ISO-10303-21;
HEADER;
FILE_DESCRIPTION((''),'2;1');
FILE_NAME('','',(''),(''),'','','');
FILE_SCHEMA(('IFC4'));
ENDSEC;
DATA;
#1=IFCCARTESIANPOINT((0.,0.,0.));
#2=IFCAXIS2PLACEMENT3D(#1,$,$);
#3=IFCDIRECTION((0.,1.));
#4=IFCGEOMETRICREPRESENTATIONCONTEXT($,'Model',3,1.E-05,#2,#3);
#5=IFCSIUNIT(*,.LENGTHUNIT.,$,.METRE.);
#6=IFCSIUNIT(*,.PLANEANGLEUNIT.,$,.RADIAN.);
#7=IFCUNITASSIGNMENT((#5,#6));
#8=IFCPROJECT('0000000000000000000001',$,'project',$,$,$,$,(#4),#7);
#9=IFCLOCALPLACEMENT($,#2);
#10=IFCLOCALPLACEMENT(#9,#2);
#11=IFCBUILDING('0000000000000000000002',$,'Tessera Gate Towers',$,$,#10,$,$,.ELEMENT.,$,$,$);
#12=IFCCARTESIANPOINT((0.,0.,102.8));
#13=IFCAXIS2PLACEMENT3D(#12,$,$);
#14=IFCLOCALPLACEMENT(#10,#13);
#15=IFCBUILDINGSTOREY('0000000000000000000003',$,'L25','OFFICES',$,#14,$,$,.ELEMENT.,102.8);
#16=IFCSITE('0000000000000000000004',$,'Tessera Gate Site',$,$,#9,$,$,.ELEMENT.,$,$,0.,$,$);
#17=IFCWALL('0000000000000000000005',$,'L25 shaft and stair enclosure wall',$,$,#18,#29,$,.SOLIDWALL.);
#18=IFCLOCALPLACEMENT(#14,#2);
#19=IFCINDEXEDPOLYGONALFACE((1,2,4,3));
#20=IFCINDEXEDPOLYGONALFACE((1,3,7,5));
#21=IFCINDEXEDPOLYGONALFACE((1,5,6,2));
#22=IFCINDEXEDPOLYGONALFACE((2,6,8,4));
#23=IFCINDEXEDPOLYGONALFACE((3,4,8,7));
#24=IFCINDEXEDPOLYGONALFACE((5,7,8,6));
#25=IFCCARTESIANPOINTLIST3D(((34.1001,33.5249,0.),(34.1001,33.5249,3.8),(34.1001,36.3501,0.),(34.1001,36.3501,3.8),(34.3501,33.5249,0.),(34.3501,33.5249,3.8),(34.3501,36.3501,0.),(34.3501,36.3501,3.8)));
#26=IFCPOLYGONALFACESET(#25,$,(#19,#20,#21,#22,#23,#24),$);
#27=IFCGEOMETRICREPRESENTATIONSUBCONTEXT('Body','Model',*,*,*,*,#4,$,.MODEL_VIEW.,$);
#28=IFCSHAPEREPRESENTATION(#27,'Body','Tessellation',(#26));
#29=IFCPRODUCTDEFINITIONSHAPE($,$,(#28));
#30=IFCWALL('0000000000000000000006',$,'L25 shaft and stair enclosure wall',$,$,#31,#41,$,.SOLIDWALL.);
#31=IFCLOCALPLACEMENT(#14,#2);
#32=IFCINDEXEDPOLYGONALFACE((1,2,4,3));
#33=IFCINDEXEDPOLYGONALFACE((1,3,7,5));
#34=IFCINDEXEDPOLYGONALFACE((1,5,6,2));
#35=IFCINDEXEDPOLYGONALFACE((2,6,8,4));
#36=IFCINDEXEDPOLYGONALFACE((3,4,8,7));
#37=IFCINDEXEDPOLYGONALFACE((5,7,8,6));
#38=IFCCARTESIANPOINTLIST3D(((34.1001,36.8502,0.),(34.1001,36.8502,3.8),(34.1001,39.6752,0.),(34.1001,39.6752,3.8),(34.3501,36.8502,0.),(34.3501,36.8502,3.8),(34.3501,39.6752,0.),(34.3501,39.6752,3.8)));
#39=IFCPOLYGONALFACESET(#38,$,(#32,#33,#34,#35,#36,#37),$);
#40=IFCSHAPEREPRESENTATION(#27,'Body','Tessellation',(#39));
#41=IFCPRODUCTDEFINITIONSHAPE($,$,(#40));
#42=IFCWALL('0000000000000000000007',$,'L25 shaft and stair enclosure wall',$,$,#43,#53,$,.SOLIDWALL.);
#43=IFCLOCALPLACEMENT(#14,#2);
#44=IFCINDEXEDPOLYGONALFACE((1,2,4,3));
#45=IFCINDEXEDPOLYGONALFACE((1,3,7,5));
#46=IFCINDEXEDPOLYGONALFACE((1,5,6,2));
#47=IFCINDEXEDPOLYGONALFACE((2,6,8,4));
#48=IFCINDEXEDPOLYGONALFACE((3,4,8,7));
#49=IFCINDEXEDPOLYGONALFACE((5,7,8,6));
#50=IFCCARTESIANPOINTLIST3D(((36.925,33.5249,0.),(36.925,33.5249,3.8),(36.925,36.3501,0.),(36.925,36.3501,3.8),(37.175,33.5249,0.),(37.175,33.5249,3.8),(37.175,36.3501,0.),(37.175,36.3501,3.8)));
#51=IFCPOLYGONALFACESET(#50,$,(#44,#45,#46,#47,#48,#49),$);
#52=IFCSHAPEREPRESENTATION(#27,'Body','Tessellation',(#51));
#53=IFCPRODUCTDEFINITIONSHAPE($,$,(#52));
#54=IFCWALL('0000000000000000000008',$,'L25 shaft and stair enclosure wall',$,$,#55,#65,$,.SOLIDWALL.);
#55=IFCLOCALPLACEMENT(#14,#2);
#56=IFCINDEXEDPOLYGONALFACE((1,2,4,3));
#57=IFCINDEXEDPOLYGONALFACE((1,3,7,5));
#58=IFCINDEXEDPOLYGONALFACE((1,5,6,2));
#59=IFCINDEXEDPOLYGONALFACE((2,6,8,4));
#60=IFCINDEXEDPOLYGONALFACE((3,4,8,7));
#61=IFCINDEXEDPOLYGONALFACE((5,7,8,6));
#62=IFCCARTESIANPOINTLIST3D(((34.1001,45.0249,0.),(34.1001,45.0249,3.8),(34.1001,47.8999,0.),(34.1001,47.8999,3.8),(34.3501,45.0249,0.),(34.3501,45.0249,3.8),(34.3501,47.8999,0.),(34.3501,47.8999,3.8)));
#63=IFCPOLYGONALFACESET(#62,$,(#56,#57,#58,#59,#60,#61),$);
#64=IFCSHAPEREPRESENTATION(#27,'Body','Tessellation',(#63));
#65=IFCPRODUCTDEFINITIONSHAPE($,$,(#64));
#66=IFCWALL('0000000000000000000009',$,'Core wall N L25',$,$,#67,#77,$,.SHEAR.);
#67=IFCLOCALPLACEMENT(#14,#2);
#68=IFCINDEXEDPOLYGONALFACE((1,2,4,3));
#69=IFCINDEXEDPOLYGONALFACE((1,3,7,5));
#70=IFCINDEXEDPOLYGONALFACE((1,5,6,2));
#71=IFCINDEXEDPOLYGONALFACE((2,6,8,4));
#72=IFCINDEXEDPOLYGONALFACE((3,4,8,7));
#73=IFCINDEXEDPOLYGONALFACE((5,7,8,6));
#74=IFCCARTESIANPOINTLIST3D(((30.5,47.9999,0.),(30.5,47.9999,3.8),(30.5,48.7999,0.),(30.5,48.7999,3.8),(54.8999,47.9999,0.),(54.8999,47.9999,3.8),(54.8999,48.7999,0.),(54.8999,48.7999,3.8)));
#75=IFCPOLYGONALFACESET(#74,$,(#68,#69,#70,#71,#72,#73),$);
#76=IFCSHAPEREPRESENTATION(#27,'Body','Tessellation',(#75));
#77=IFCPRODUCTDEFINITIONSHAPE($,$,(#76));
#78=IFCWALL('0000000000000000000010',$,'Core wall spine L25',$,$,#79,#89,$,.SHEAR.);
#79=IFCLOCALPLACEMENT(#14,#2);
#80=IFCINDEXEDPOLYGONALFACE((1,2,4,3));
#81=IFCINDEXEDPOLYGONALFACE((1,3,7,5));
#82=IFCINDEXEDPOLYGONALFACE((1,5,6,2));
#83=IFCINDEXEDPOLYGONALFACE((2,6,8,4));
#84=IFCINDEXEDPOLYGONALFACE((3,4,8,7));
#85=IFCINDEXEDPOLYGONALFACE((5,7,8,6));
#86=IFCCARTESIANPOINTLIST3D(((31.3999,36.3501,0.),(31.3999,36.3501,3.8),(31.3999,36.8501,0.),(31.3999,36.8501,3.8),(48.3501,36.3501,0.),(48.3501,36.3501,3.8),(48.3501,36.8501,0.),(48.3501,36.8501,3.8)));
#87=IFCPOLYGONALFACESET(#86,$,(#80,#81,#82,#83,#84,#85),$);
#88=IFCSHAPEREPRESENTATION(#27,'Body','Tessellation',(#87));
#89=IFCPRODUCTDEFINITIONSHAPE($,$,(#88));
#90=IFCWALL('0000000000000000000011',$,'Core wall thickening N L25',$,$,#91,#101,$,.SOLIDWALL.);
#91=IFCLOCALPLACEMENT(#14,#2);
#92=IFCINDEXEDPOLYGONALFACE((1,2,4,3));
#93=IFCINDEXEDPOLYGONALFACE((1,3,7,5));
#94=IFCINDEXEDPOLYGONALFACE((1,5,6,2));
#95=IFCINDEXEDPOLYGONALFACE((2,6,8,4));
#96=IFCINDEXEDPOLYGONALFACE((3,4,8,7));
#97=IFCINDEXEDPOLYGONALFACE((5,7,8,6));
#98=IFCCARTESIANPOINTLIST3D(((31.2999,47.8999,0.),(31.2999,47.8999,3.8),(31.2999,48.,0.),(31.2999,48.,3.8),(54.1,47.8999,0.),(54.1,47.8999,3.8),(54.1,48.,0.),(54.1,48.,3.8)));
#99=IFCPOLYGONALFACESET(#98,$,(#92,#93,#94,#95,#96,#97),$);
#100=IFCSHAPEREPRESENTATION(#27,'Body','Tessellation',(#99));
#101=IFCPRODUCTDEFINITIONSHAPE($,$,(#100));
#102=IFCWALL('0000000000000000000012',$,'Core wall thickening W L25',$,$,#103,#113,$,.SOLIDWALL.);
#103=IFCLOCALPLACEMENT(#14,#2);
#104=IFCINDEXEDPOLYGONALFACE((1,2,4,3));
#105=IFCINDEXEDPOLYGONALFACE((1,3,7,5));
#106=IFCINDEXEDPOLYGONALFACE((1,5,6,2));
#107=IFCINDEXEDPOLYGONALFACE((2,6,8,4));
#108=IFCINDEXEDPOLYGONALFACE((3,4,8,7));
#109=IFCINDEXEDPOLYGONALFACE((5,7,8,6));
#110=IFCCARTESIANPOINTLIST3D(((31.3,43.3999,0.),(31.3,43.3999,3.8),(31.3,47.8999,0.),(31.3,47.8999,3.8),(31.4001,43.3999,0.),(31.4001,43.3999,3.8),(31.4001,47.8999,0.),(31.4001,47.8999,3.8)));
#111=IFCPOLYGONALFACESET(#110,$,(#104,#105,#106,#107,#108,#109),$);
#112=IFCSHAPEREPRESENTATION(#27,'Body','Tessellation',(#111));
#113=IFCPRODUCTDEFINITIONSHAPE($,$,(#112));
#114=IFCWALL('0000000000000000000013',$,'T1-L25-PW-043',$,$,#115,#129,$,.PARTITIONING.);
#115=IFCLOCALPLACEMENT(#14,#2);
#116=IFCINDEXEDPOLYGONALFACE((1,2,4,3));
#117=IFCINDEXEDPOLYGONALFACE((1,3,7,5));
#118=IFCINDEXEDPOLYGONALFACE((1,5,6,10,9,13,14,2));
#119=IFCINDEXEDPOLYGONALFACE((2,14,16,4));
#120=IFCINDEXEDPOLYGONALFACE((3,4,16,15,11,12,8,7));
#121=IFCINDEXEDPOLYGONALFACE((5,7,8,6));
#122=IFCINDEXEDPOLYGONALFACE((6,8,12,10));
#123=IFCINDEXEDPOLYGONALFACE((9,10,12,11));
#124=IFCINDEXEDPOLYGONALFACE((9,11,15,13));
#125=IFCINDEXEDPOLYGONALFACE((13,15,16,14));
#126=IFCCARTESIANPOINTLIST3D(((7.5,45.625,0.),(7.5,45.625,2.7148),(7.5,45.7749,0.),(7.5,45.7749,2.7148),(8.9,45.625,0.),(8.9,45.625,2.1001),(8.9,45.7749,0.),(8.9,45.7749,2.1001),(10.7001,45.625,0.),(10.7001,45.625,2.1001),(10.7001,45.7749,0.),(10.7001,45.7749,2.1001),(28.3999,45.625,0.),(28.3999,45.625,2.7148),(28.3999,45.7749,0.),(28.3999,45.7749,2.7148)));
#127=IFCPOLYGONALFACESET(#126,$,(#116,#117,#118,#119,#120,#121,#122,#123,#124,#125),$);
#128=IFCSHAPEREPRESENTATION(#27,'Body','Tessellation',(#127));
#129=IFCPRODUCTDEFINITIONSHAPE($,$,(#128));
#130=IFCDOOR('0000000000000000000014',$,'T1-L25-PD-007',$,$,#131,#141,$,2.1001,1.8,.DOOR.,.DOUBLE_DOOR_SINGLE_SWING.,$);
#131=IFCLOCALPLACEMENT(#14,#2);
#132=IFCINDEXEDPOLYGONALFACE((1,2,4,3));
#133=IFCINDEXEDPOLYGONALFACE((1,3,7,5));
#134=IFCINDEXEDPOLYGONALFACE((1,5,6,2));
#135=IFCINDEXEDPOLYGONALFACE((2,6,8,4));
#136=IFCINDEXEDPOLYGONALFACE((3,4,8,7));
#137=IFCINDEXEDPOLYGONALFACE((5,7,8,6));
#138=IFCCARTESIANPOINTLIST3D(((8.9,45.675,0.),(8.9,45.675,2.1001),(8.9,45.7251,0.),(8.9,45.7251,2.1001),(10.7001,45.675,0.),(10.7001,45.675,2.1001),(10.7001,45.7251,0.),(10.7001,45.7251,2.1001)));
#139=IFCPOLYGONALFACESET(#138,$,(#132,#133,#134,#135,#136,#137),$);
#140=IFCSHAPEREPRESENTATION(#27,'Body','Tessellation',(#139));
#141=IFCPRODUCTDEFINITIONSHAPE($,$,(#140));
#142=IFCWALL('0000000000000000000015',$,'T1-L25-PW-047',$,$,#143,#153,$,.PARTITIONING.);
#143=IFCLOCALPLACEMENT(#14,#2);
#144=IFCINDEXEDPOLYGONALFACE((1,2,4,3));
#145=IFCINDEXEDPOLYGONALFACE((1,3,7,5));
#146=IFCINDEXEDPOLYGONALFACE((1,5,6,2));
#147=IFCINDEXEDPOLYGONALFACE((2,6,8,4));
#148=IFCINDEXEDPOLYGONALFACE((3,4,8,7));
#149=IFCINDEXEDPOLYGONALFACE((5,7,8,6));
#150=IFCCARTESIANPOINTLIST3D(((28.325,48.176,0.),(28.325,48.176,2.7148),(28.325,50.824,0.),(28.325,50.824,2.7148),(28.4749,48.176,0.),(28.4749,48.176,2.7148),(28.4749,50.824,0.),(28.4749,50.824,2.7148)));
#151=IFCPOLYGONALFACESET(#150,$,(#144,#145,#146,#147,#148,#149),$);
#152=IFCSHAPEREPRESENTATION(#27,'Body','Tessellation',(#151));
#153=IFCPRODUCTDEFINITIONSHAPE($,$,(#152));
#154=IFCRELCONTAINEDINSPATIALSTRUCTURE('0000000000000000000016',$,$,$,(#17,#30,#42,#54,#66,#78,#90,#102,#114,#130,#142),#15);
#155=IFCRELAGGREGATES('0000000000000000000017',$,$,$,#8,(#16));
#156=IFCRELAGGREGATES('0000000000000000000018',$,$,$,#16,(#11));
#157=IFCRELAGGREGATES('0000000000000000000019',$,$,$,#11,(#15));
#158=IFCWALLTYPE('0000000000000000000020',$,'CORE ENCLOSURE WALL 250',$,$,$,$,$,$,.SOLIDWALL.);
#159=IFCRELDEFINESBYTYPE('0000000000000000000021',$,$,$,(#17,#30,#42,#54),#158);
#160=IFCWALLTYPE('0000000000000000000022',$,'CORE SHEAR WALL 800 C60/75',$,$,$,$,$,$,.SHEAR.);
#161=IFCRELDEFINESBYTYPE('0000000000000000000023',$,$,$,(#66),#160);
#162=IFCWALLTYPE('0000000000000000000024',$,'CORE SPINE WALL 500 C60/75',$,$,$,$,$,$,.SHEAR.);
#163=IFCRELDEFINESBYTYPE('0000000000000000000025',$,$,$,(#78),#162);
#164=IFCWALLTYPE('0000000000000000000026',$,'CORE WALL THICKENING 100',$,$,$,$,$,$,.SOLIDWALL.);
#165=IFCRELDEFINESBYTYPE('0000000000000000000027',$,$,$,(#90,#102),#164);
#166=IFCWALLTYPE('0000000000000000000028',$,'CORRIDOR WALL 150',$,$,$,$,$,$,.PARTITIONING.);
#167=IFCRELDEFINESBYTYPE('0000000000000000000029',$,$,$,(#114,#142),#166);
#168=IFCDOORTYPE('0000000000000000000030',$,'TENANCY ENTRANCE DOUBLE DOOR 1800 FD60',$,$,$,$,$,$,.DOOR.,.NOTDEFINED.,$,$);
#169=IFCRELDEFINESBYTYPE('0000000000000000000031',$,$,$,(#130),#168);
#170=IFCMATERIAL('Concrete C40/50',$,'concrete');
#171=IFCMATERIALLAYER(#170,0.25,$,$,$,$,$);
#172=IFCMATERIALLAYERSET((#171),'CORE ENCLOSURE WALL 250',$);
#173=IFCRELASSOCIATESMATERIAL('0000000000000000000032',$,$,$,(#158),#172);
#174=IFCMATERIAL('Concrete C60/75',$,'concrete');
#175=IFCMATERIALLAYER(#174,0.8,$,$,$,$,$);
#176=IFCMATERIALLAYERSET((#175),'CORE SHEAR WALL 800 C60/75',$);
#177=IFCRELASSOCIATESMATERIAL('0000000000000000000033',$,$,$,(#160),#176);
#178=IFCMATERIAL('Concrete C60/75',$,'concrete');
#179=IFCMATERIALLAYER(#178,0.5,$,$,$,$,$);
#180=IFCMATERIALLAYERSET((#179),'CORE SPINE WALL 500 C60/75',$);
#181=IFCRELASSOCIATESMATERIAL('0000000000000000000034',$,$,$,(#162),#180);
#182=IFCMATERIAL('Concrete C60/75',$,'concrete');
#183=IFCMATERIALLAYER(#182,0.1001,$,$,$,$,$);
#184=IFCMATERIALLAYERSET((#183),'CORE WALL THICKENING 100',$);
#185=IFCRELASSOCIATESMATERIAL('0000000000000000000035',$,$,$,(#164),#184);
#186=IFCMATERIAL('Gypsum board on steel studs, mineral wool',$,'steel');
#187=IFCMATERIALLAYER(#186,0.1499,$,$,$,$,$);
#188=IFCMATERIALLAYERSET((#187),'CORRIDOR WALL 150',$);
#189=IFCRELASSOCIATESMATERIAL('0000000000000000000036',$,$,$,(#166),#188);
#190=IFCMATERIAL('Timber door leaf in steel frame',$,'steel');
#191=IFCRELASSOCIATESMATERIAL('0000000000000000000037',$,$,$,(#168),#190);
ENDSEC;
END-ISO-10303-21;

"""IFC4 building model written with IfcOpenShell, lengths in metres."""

from ifc_helpers import new_model, si_unit, direction, frame, frame_2d, origin, place, context, subcontext, project, spatial, rectangle, extrude, source, transform, mapped, material, layer, layer_set, type_object, element, fill, save


model = new_model("IFC4")

# Units and contexts
model_context = context("Model", 3, precision=1e-05, world=origin(), true_north=direction((0.0, 1.0)))
body_context = subcontext(model_context, "Body", "Model", "MODEL_VIEW")
ifc_project = project(units=[si_unit("LENGTHUNIT", "METRE"), si_unit("PLANEANGLEUNIT", "RADIAN")], contexts=[model_context])

# Site, building, storey
site_placement = place(None, origin())
site = spatial("IfcSite", under=ifc_project, at=site_placement, Name="Tessera Gate Site", CompositionType="ELEMENT", RefElevation=0.0)
building_placement = place(site_placement, origin())
building = spatial("IfcBuilding", under=site, at=building_placement, Name="Tessera Gate Towers", CompositionType="ELEMENT")
storey_placement = place(building_placement, frame((0.0, 0.0, 102.8)))
storey = spatial("IfcBuildingStorey", under=building, at=storey_placement, Name="L25", Description="OFFICES", CompositionType="ELEMENT", Elevation=102.8)

# Walls
ifc_material_1 = material(Name="Concrete C40/50", Category="concrete")
ifc_layer_1 = layer(ifc_material_1, 0.25)
ifc_layer_set_1 = layer_set([ifc_layer_1], Name="CORE ENCLOSURE WALL 250")
wall_type_1 = type_object("IfcWallType", Name="CORE ENCLOSURE WALL 250", PredefinedType="SOLIDWALL", material=ifc_layer_set_1)
wall_1_placement = place(storey_placement, frame((34.2251, 33.5249, 0.0), z_axis=(0.0, 0.0, 1.0), x_axis=(0.0, 1.0, 0.0)))
element("IfcWall", 1, at=wall_1_placement, inside=storey, type_object=wall_type_1, Name="L25 shaft and stair enclosure wall", PredefinedType="SOLIDWALL", context=body_context, shape_type="SweptSolid", body=[
    extrude(rectangle(XDim=2.8252, YDim=0.25, at=frame_2d((1.4126, 0.0))), origin(), (0.0, 0.0, 1.0), 3.8),
])
wall_2_placement = place(storey_placement, frame((34.2251, 36.8501, 0.0), z_axis=(0.0, 0.0, 1.0), x_axis=(0.0, 1.0, 0.0)))
element("IfcWall", 2, at=wall_2_placement, inside=storey, type_object=wall_type_1, Name="L25 shaft and stair enclosure wall", PredefinedType="SOLIDWALL", context=body_context, shape_type="SweptSolid", body=[
    extrude(rectangle(XDim=2.825, YDim=0.25, at=frame_2d((1.4126, 0.0))), origin(), (0.0, 0.0, 1.0), 3.8),
])
wall_3_placement = place(storey_placement, frame((37.05, 33.5249, 0.0), z_axis=(0.0, 0.0, 1.0), x_axis=(0.0, 1.0, 0.0)))
element("IfcWall", 3, at=wall_3_placement, inside=storey, type_object=wall_type_1, Name="L25 shaft and stair enclosure wall", PredefinedType="SOLIDWALL", context=body_context, shape_type="SweptSolid", body=[
    extrude(rectangle(XDim=2.8252, YDim=0.25, at=frame_2d((1.4126, 0.0))), origin(), (0.0, 0.0, 1.0), 3.8),
])
wall_4_placement = place(storey_placement, frame((34.2251, 45.0249, 0.0), z_axis=(0.0, 0.0, 1.0), x_axis=(0.0, 1.0, 0.0)))
element("IfcWall", 4, at=wall_4_placement, inside=storey, type_object=wall_type_1, Name="L25 shaft and stair enclosure wall", PredefinedType="SOLIDWALL", context=body_context, shape_type="SweptSolid", body=[
    extrude(rectangle(XDim=2.875, YDim=0.25, at=frame_2d((1.4375, 0.0))), origin(), (0.0, 0.0, 1.0), 3.8),
])
ifc_material_2 = material(Name="Concrete C60/75", Category="concrete")
ifc_layer_2 = layer(ifc_material_2, 0.8)
ifc_layer_set_2 = layer_set([ifc_layer_2], Name="CORE SHEAR WALL 800 C60/75")
wall_type_2 = type_object("IfcWallType", Name="CORE SHEAR WALL 800 C60/75", PredefinedType="SHEAR", material=ifc_layer_set_2)
wall_5_placement = place(storey_placement, frame((30.5, 48.3999, 0.0), z_axis=(0.0, 0.0, 1.0), x_axis=(1.0, 0.0, 0.0)))
element("IfcWall", 5, at=wall_5_placement, inside=storey, type_object=wall_type_2, Name="Core wall N L25", PredefinedType="SHEAR", context=body_context, shape_type="SweptSolid", body=[
    extrude(rectangle(XDim=24.3999, YDim=0.8, at=frame_2d((12.2, 0.0))), origin(), (0.0, 0.0, 1.0), 3.8),
])
ifc_material_3 = material(Name="Concrete C60/75", Category="concrete")
ifc_layer_3 = layer(ifc_material_3, 0.5)
ifc_layer_set_3 = layer_set([ifc_layer_3], Name="CORE SPINE WALL 500 C60/75")
wall_type_3 = type_object("IfcWallType", Name="CORE SPINE WALL 500 C60/75", PredefinedType="SHEAR", material=ifc_layer_set_3)
wall_6_placement = place(storey_placement, frame((31.3999, 36.6001, 0.0), z_axis=(0.0, 0.0, 1.0), x_axis=(1.0, 0.0, 0.0)))
element("IfcWall", 6, at=wall_6_placement, inside=storey, type_object=wall_type_3, Name="Core wall spine L25", PredefinedType="SHEAR", context=body_context, shape_type="SweptSolid", body=[
    extrude(rectangle(XDim=16.9502, YDim=0.5, at=frame_2d((8.4751, 0.0))), origin(), (0.0, 0.0, 1.0), 3.8),
])
ifc_material_4 = material(Name="Concrete C60/75", Category="concrete")
ifc_layer_4 = layer(ifc_material_4, 0.1001)
ifc_layer_set_4 = layer_set([ifc_layer_4], Name="CORE WALL THICKENING 100")
wall_type_4 = type_object("IfcWallType", Name="CORE WALL THICKENING 100", PredefinedType="SOLIDWALL", material=ifc_layer_set_4)
wall_7_placement = place(storey_placement, frame((31.3, 47.95, 0.0), z_axis=(0.0, 0.0, 1.0), x_axis=(1.0, 0.0, 0.0)))
element("IfcWall", 7, at=wall_7_placement, inside=storey, type_object=wall_type_4, Name="Core wall thickening N L25", PredefinedType="SOLIDWALL", context=body_context, shape_type="SweptSolid", body=[
    extrude(rectangle(XDim=22.8, YDim=0.1001, at=frame_2d((11.3999, 0.0))), origin(), (0.0, 0.0, 1.0), 3.8),
])
wall_8_placement = place(storey_placement, frame((31.3501, 43.3999, 0.0), z_axis=(0.0, 0.0, 1.0), x_axis=(0.0, 1.0, 0.0)))
element("IfcWall", 8, at=wall_8_placement, inside=storey, type_object=wall_type_4, Name="Core wall thickening W L25", PredefinedType="SOLIDWALL", context=body_context, shape_type="SweptSolid", body=[
    extrude(rectangle(XDim=4.5, YDim=0.1001, at=frame_2d((2.25, 0.0))), origin(), (0.0, 0.0, 1.0), 3.8),
])

# Wall, opening, door
ifc_material_5 = material(Name="Gypsum board on steel studs, mineral wool", Category="steel")
ifc_layer_5 = layer(ifc_material_5, 0.1499)
ifc_layer_set_5 = layer_set([ifc_layer_5], Name="CORRIDOR WALL 150")
wall_type_5 = type_object("IfcWallType", Name="CORRIDOR WALL 150", PredefinedType="PARTITIONING", material=ifc_layer_set_5)
wall_9_placement = place(storey_placement, frame((28.3999, 45.7, 0.0), z_axis=(0.0, 0.0, 1.0), x_axis=(-1.0, 0.0, 0.0)))
wall_9 = element("IfcWall", 9, at=wall_9_placement, inside=storey, type_object=wall_type_5, Name="T1-L25-PW-043", PredefinedType="PARTITIONING", context=body_context, shape_type="SweptSolid", body=[
    extrude(rectangle(XDim=20.8999, YDim=0.1499, at=frame_2d((10.45, 0.0))), origin(), (0.0, 0.0, 1.0), 2.7148),
])
shared_shape_1 = source(origin(), body_context, "Body", "SweptSolid", [
    extrude(rectangle(XDim=1.8, YDim=2.1001, at=frame_2d((0.8999, 1.05))), frame((0.0, 0.085, 0.0), z_axis=(0.0, -1.0, 0.0), x_axis=(1.0, 0.0, 0.0)), (0.0, 0.0, 1.0), 0.1699),
])
opening_1_placement = place(wall_9_placement, frame((17.7, 0.0, 0.0)))
opening_1 = element("IfcOpeningElement", 10, at=opening_1_placement, cuts=wall_9, PredefinedType="OPENING", context=body_context, shape_type="MappedRepresentation", body=[
    mapped(shared_shape_1, transform((0.0, 0.0, 0.0), scale=1.0)),
])
ifc_material_6 = material(Name="Timber door leaf in steel frame", Category="steel")
door_type_1 = type_object("IfcDoorType", Name="TENANCY ENTRANCE DOUBLE DOOR 1800 FD60", OperationType="NOTDEFINED", PredefinedType="DOOR", material=ifc_material_6)
shared_shape_2 = source(origin(), body_context, "Body", "SweptSolid", [
    extrude(rectangle(XDim=1.8, YDim=2.1001, at=frame_2d((0.8999, 1.05))), frame((0.0, 0.0249, 0.0), z_axis=(0.0, -1.0, 0.0), x_axis=(1.0, 0.0, 0.0)), (0.0, 0.0, 1.0), 0.05),
])
door_1_placement = place(opening_1_placement, origin())
door_1 = element("IfcDoor", 11, at=door_1_placement, inside=storey, type_object=door_type_1, Name="T1-L25-PD-007", OperationType="DOUBLE_DOOR_SINGLE_SWING", OverallHeight=2.1001, OverallWidth=1.8, PredefinedType="DOOR", context=body_context, shape_type="MappedRepresentation", body=[
    mapped(shared_shape_2, transform((0.0, 0.0, 0.0), scale=1.0)),
])
fill(opening_1, door_1)

# Wall
wall_10_placement = place(storey_placement, frame((28.3999, 48.176, 0.0), z_axis=(0.0, 0.0, 1.0), x_axis=(0.0, 1.0, 0.0)))
element("IfcWall", 12, at=wall_10_placement, inside=storey, type_object=wall_type_5, Name="T1-L25-PW-047", PredefinedType="PARTITIONING", context=body_context, shape_type="SweptSolid", body=[
    extrude(rectangle(XDim=2.6479, YDim=0.1499, at=frame_2d((1.324, 0.0))), origin(), (0.0, 0.0, 1.0), 2.7148),
])

save(model, "model.ifc")
